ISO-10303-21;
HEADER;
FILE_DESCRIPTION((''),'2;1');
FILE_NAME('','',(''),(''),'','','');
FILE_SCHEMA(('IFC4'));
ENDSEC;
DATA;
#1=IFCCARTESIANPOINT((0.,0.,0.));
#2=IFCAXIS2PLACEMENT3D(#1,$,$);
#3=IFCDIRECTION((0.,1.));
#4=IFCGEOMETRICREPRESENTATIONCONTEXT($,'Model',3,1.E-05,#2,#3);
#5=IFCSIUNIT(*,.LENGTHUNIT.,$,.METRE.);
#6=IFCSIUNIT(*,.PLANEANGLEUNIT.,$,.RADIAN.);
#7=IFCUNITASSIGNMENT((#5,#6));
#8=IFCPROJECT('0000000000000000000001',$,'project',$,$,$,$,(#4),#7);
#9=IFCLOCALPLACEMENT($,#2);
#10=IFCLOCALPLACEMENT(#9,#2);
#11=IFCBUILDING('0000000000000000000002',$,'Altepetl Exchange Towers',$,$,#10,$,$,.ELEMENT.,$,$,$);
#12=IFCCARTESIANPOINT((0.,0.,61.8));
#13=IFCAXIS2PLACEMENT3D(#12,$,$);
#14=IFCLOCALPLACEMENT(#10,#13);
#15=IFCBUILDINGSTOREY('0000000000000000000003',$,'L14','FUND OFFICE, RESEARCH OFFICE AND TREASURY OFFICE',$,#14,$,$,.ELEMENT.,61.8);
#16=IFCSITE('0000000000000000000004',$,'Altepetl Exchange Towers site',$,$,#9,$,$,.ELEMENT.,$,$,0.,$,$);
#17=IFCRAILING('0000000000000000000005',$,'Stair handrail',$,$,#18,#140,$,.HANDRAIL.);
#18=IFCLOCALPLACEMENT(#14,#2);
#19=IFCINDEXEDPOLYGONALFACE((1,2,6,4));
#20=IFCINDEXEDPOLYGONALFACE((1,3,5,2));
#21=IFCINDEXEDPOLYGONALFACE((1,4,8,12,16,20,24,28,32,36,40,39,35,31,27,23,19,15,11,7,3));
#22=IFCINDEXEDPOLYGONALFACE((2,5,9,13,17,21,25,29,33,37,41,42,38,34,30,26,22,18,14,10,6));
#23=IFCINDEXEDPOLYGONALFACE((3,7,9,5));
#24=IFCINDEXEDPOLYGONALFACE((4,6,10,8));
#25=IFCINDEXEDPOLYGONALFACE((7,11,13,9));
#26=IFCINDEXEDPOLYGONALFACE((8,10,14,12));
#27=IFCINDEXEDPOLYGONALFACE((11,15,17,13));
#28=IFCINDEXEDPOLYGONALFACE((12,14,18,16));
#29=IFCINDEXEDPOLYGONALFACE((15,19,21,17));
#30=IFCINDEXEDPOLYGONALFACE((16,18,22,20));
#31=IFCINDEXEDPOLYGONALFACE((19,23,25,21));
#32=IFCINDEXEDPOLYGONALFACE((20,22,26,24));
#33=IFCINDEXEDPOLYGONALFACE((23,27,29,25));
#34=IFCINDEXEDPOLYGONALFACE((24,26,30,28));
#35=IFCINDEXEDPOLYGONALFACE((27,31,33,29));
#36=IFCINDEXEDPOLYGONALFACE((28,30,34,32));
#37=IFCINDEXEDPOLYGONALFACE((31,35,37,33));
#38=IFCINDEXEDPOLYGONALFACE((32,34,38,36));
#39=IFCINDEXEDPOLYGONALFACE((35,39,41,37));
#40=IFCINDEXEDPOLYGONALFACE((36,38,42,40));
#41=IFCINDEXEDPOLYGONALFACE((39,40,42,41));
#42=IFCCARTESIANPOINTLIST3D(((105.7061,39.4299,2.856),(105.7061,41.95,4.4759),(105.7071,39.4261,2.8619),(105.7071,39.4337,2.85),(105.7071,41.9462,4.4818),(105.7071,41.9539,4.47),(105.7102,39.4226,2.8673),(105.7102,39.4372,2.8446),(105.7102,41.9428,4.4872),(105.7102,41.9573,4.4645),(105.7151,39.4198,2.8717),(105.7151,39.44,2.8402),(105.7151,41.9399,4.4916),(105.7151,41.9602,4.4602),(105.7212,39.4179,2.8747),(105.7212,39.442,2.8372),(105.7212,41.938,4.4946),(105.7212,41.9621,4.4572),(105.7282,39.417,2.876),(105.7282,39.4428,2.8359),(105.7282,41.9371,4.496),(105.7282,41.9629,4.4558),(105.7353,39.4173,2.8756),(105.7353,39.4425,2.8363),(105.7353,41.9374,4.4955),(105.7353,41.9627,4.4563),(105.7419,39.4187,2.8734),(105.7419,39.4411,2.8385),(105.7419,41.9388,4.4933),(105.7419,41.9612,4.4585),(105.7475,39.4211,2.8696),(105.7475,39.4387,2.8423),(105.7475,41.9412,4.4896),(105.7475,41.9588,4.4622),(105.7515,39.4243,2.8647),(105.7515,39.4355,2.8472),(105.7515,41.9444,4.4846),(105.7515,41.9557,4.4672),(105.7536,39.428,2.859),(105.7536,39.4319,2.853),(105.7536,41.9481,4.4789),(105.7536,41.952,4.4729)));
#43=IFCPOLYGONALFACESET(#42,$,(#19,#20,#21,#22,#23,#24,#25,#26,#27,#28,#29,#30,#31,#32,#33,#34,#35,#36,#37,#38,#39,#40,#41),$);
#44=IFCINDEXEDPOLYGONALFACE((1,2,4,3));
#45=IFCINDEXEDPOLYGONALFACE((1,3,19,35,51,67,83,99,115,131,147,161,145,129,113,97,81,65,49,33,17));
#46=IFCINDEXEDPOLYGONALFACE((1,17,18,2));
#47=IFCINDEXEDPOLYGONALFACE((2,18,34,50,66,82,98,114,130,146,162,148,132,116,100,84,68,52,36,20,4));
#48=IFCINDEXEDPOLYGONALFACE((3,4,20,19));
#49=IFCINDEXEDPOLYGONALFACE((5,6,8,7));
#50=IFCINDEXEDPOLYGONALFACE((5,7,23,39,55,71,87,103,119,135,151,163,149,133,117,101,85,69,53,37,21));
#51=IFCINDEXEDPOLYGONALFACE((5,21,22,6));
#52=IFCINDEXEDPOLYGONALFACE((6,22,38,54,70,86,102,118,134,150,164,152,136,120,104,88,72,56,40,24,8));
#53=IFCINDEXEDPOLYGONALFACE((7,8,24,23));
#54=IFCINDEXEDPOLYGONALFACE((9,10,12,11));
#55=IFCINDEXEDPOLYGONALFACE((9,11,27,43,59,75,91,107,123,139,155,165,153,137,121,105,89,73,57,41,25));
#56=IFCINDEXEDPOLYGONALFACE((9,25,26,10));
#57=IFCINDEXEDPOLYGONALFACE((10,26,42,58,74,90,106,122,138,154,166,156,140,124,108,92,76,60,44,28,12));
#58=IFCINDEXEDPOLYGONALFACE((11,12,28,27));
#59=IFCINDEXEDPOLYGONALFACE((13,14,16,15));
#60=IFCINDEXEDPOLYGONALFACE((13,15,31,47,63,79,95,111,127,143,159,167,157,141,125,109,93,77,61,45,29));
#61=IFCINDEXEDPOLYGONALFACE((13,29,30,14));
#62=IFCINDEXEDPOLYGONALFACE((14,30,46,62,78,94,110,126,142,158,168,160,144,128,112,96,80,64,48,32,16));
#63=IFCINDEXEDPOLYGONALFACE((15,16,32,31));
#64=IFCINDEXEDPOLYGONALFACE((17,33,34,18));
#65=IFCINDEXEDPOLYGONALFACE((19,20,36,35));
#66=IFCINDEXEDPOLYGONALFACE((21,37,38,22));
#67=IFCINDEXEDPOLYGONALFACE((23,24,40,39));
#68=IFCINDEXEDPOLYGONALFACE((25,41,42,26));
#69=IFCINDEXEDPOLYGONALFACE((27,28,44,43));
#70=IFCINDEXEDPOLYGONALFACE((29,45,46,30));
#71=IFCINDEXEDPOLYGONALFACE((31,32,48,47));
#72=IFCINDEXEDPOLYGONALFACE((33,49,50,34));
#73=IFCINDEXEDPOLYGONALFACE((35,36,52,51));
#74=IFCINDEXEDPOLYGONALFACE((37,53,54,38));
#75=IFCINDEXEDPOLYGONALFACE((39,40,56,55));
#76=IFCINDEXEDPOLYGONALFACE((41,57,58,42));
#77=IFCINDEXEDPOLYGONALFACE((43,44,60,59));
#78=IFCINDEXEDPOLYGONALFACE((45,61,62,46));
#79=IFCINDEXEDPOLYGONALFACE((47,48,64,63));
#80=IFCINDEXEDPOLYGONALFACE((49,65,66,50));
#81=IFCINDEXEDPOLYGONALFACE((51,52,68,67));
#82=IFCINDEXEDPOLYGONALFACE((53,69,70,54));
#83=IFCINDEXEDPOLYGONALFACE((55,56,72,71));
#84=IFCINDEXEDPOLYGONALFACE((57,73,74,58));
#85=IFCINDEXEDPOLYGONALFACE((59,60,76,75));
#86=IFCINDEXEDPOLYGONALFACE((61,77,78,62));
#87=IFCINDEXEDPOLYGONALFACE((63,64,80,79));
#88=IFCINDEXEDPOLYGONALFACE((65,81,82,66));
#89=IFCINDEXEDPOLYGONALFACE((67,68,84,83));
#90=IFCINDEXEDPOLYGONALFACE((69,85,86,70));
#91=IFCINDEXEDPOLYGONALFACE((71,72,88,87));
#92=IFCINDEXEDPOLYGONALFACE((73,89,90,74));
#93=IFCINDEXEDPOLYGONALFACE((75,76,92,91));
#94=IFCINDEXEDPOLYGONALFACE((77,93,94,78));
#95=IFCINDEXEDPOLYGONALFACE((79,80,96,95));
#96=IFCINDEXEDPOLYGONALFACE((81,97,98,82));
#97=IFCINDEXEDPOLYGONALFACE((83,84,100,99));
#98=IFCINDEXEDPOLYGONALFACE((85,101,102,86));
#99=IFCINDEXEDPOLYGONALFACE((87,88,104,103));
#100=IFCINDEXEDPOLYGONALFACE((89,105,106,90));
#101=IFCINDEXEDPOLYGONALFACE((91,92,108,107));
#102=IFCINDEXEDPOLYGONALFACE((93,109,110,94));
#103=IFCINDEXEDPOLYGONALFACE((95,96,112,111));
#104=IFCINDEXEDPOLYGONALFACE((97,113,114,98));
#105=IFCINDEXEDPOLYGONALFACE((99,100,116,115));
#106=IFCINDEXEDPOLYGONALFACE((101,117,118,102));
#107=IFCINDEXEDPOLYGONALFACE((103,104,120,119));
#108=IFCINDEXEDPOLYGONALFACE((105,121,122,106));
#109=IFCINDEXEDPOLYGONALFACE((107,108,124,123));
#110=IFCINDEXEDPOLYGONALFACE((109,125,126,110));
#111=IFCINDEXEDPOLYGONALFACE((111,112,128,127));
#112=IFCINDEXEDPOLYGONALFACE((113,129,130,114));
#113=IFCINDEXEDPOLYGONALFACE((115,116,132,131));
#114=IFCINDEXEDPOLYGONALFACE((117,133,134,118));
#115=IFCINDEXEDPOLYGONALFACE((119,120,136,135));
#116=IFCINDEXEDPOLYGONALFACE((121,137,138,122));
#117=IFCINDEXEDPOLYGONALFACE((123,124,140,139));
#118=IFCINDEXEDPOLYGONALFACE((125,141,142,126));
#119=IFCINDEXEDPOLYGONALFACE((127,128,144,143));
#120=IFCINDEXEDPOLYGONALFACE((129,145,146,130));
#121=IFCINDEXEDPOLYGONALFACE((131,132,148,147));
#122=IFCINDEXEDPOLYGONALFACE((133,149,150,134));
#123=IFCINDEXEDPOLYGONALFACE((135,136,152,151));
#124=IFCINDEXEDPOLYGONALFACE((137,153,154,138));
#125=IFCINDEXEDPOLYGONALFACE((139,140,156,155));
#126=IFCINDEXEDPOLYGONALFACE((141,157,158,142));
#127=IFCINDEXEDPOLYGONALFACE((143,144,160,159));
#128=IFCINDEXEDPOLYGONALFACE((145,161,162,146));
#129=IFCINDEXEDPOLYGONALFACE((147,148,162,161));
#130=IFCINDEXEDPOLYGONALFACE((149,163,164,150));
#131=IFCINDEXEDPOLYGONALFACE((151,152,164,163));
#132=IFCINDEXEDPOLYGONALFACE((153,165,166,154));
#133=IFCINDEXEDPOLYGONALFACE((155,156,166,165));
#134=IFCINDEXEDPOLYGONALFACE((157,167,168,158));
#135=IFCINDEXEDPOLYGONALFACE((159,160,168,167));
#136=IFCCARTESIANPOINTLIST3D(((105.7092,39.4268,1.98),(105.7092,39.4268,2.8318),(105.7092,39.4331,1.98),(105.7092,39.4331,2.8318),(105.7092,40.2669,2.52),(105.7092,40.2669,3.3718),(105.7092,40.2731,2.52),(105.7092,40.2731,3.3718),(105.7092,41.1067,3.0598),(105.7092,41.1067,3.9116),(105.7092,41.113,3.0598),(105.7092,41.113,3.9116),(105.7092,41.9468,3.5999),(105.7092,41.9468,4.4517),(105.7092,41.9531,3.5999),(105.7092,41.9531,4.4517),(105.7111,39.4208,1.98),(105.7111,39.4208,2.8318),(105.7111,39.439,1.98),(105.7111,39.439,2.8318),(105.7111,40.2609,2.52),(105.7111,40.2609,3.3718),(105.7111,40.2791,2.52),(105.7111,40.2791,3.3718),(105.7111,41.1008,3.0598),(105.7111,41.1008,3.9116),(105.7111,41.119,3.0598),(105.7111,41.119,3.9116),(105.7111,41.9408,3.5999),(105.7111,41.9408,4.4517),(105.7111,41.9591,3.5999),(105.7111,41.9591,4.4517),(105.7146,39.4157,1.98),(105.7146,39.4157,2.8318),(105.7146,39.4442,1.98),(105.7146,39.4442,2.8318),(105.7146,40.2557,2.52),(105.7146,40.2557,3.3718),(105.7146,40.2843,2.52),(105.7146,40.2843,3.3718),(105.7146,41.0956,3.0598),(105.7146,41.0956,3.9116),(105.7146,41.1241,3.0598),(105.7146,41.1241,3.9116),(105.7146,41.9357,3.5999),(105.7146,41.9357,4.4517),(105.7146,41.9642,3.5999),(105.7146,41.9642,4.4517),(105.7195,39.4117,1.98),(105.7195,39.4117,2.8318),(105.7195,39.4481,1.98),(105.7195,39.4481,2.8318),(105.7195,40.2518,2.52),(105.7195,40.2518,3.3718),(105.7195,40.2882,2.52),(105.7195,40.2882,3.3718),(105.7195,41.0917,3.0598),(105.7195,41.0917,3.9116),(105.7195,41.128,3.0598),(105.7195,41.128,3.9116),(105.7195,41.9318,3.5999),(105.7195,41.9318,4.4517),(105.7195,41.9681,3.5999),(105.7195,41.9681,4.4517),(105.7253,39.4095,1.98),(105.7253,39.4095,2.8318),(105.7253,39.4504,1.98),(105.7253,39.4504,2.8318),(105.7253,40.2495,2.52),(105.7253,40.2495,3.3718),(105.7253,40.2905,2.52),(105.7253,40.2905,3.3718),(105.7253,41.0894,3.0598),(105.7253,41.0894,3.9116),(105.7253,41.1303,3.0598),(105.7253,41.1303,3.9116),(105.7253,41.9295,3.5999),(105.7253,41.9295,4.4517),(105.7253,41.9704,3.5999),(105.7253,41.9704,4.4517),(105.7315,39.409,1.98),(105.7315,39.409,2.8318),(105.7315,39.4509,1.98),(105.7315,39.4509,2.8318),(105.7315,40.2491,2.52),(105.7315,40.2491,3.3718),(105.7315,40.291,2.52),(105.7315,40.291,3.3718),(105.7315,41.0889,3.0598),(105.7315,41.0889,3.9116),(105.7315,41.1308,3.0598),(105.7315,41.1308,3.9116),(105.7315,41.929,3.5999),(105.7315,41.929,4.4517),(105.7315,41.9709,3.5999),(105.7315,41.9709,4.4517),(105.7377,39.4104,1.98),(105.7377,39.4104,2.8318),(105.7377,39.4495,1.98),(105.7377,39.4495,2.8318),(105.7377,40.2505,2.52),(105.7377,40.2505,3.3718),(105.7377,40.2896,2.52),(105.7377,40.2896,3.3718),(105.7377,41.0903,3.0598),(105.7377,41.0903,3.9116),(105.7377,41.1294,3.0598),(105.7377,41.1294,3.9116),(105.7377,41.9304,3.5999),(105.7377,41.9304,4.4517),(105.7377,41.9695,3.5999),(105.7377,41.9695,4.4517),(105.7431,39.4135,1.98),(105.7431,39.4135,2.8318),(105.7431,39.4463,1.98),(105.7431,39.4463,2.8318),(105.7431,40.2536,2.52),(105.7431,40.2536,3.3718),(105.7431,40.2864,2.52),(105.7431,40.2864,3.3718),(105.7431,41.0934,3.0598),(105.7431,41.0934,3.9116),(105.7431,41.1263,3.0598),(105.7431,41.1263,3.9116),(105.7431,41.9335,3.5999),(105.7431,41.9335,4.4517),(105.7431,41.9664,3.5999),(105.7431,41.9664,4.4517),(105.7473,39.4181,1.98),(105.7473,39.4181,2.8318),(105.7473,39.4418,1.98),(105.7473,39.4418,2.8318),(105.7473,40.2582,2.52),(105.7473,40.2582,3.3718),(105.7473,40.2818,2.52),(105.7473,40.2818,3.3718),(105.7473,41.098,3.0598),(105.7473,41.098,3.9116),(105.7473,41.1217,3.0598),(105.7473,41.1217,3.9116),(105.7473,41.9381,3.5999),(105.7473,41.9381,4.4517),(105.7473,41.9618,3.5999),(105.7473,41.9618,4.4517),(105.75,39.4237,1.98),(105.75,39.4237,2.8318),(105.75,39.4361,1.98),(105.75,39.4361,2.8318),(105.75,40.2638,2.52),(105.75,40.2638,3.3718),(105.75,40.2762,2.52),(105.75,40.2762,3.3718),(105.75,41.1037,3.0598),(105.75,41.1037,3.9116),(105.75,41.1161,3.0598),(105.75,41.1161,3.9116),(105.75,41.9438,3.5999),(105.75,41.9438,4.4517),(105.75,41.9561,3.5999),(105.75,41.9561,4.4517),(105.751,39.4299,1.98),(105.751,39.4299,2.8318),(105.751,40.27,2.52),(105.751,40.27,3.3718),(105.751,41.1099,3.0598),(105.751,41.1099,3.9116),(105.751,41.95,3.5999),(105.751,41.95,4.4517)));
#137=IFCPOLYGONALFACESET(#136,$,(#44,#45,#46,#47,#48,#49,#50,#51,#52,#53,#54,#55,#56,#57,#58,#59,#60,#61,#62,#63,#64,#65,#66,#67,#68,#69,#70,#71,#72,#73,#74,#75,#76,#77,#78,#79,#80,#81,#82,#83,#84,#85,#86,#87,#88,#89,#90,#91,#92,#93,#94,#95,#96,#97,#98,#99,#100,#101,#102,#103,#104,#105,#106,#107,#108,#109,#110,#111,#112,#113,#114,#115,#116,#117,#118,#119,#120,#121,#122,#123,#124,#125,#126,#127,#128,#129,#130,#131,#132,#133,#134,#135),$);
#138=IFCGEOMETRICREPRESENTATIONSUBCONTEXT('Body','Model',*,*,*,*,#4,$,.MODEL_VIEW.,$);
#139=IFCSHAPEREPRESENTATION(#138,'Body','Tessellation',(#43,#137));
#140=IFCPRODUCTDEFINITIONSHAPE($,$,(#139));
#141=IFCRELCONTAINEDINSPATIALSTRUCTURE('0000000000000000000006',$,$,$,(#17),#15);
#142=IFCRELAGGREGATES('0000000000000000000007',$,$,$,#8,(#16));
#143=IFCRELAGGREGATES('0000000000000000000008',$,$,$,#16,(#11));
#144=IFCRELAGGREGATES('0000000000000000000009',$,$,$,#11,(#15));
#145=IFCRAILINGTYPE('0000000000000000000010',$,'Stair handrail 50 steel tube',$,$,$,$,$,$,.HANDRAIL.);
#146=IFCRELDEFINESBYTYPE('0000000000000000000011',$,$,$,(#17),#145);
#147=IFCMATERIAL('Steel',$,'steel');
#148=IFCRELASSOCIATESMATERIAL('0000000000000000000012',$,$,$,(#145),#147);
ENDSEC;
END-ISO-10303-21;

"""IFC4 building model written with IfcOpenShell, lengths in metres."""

from ifc_helpers import new_model, si_unit, direction, frame, origin, origin_2d, place, context, subcontext, project, spatial, circle, extrude, source, transform, mapped, material, type_object, element, save


model = new_model("IFC4")

# Units and contexts
model_context = context("Model", 3, precision=1e-05, world=origin(), true_north=direction((0.0, 1.0)))
body_context = subcontext(model_context, "Body", "Model", "MODEL_VIEW")
ifc_project = project(units=[si_unit("LENGTHUNIT", "METRE"), si_unit("PLANEANGLEUNIT", "RADIAN")], contexts=[model_context])

# Site, building, storey
site_placement = place(None, origin())
site = spatial("IfcSite", under=ifc_project, at=site_placement, Name="Altepetl Exchange Towers site", CompositionType="ELEMENT", RefElevation=0.0)
building_placement = place(site_placement, origin())
building = spatial("IfcBuilding", under=site, at=building_placement, Name="Altepetl Exchange Towers", CompositionType="ELEMENT")
storey_placement = place(building_placement, frame((0.0, 0.0, 61.8)))
storey = spatial("IfcBuildingStorey", under=building, at=storey_placement, Name="L14", Description="FUND OFFICE, RESEARCH OFFICE AND TREASURY OFFICE", CompositionType="ELEMENT", Elevation=61.8)

# Railing
ifc_material_1 = material(Name="Steel", Category="steel")
railing_type = type_object("IfcRailingType", Name="Stair handrail 50 steel tube", PredefinedType="HANDRAIL", material=ifc_material_1)
shared_shape = source(origin(), body_context, "Body", "SweptSolid", [
    extrude(circle(Radius=0.021, at=origin_2d()), origin(), (0.0, 0.0, 1.0), 0.8518),
])
railing_placement = place(storey_placement, frame((105.73, 39.4299, 1.98)))
element("IfcRailing", 1, at=railing_placement, inside=storey, type_object=railing_type, Name="Stair handrail", PredefinedType="HANDRAIL", context=body_context, shape_type="SweptSolid", body=[
    extrude(circle(Radius=0.0239, at=origin_2d()), frame((0.0, 0.0, 0.876), z_axis=(0.0, 0.8412, 0.540725), x_axis=(-1.0, 0.0, 0.0)), (0.0, 0.0, 1.0), 2.9958),
    mapped(shared_shape, transform((0.0, 0.0, 0.0))),
    mapped(shared_shape, transform((0.0, 0.8401, 0.54))),
    mapped(shared_shape, transform((0.0, 1.6799, 1.0798))),
    mapped(shared_shape, transform((0.0, 2.52, 1.6199))),
])

save(model, "model.ifc")
